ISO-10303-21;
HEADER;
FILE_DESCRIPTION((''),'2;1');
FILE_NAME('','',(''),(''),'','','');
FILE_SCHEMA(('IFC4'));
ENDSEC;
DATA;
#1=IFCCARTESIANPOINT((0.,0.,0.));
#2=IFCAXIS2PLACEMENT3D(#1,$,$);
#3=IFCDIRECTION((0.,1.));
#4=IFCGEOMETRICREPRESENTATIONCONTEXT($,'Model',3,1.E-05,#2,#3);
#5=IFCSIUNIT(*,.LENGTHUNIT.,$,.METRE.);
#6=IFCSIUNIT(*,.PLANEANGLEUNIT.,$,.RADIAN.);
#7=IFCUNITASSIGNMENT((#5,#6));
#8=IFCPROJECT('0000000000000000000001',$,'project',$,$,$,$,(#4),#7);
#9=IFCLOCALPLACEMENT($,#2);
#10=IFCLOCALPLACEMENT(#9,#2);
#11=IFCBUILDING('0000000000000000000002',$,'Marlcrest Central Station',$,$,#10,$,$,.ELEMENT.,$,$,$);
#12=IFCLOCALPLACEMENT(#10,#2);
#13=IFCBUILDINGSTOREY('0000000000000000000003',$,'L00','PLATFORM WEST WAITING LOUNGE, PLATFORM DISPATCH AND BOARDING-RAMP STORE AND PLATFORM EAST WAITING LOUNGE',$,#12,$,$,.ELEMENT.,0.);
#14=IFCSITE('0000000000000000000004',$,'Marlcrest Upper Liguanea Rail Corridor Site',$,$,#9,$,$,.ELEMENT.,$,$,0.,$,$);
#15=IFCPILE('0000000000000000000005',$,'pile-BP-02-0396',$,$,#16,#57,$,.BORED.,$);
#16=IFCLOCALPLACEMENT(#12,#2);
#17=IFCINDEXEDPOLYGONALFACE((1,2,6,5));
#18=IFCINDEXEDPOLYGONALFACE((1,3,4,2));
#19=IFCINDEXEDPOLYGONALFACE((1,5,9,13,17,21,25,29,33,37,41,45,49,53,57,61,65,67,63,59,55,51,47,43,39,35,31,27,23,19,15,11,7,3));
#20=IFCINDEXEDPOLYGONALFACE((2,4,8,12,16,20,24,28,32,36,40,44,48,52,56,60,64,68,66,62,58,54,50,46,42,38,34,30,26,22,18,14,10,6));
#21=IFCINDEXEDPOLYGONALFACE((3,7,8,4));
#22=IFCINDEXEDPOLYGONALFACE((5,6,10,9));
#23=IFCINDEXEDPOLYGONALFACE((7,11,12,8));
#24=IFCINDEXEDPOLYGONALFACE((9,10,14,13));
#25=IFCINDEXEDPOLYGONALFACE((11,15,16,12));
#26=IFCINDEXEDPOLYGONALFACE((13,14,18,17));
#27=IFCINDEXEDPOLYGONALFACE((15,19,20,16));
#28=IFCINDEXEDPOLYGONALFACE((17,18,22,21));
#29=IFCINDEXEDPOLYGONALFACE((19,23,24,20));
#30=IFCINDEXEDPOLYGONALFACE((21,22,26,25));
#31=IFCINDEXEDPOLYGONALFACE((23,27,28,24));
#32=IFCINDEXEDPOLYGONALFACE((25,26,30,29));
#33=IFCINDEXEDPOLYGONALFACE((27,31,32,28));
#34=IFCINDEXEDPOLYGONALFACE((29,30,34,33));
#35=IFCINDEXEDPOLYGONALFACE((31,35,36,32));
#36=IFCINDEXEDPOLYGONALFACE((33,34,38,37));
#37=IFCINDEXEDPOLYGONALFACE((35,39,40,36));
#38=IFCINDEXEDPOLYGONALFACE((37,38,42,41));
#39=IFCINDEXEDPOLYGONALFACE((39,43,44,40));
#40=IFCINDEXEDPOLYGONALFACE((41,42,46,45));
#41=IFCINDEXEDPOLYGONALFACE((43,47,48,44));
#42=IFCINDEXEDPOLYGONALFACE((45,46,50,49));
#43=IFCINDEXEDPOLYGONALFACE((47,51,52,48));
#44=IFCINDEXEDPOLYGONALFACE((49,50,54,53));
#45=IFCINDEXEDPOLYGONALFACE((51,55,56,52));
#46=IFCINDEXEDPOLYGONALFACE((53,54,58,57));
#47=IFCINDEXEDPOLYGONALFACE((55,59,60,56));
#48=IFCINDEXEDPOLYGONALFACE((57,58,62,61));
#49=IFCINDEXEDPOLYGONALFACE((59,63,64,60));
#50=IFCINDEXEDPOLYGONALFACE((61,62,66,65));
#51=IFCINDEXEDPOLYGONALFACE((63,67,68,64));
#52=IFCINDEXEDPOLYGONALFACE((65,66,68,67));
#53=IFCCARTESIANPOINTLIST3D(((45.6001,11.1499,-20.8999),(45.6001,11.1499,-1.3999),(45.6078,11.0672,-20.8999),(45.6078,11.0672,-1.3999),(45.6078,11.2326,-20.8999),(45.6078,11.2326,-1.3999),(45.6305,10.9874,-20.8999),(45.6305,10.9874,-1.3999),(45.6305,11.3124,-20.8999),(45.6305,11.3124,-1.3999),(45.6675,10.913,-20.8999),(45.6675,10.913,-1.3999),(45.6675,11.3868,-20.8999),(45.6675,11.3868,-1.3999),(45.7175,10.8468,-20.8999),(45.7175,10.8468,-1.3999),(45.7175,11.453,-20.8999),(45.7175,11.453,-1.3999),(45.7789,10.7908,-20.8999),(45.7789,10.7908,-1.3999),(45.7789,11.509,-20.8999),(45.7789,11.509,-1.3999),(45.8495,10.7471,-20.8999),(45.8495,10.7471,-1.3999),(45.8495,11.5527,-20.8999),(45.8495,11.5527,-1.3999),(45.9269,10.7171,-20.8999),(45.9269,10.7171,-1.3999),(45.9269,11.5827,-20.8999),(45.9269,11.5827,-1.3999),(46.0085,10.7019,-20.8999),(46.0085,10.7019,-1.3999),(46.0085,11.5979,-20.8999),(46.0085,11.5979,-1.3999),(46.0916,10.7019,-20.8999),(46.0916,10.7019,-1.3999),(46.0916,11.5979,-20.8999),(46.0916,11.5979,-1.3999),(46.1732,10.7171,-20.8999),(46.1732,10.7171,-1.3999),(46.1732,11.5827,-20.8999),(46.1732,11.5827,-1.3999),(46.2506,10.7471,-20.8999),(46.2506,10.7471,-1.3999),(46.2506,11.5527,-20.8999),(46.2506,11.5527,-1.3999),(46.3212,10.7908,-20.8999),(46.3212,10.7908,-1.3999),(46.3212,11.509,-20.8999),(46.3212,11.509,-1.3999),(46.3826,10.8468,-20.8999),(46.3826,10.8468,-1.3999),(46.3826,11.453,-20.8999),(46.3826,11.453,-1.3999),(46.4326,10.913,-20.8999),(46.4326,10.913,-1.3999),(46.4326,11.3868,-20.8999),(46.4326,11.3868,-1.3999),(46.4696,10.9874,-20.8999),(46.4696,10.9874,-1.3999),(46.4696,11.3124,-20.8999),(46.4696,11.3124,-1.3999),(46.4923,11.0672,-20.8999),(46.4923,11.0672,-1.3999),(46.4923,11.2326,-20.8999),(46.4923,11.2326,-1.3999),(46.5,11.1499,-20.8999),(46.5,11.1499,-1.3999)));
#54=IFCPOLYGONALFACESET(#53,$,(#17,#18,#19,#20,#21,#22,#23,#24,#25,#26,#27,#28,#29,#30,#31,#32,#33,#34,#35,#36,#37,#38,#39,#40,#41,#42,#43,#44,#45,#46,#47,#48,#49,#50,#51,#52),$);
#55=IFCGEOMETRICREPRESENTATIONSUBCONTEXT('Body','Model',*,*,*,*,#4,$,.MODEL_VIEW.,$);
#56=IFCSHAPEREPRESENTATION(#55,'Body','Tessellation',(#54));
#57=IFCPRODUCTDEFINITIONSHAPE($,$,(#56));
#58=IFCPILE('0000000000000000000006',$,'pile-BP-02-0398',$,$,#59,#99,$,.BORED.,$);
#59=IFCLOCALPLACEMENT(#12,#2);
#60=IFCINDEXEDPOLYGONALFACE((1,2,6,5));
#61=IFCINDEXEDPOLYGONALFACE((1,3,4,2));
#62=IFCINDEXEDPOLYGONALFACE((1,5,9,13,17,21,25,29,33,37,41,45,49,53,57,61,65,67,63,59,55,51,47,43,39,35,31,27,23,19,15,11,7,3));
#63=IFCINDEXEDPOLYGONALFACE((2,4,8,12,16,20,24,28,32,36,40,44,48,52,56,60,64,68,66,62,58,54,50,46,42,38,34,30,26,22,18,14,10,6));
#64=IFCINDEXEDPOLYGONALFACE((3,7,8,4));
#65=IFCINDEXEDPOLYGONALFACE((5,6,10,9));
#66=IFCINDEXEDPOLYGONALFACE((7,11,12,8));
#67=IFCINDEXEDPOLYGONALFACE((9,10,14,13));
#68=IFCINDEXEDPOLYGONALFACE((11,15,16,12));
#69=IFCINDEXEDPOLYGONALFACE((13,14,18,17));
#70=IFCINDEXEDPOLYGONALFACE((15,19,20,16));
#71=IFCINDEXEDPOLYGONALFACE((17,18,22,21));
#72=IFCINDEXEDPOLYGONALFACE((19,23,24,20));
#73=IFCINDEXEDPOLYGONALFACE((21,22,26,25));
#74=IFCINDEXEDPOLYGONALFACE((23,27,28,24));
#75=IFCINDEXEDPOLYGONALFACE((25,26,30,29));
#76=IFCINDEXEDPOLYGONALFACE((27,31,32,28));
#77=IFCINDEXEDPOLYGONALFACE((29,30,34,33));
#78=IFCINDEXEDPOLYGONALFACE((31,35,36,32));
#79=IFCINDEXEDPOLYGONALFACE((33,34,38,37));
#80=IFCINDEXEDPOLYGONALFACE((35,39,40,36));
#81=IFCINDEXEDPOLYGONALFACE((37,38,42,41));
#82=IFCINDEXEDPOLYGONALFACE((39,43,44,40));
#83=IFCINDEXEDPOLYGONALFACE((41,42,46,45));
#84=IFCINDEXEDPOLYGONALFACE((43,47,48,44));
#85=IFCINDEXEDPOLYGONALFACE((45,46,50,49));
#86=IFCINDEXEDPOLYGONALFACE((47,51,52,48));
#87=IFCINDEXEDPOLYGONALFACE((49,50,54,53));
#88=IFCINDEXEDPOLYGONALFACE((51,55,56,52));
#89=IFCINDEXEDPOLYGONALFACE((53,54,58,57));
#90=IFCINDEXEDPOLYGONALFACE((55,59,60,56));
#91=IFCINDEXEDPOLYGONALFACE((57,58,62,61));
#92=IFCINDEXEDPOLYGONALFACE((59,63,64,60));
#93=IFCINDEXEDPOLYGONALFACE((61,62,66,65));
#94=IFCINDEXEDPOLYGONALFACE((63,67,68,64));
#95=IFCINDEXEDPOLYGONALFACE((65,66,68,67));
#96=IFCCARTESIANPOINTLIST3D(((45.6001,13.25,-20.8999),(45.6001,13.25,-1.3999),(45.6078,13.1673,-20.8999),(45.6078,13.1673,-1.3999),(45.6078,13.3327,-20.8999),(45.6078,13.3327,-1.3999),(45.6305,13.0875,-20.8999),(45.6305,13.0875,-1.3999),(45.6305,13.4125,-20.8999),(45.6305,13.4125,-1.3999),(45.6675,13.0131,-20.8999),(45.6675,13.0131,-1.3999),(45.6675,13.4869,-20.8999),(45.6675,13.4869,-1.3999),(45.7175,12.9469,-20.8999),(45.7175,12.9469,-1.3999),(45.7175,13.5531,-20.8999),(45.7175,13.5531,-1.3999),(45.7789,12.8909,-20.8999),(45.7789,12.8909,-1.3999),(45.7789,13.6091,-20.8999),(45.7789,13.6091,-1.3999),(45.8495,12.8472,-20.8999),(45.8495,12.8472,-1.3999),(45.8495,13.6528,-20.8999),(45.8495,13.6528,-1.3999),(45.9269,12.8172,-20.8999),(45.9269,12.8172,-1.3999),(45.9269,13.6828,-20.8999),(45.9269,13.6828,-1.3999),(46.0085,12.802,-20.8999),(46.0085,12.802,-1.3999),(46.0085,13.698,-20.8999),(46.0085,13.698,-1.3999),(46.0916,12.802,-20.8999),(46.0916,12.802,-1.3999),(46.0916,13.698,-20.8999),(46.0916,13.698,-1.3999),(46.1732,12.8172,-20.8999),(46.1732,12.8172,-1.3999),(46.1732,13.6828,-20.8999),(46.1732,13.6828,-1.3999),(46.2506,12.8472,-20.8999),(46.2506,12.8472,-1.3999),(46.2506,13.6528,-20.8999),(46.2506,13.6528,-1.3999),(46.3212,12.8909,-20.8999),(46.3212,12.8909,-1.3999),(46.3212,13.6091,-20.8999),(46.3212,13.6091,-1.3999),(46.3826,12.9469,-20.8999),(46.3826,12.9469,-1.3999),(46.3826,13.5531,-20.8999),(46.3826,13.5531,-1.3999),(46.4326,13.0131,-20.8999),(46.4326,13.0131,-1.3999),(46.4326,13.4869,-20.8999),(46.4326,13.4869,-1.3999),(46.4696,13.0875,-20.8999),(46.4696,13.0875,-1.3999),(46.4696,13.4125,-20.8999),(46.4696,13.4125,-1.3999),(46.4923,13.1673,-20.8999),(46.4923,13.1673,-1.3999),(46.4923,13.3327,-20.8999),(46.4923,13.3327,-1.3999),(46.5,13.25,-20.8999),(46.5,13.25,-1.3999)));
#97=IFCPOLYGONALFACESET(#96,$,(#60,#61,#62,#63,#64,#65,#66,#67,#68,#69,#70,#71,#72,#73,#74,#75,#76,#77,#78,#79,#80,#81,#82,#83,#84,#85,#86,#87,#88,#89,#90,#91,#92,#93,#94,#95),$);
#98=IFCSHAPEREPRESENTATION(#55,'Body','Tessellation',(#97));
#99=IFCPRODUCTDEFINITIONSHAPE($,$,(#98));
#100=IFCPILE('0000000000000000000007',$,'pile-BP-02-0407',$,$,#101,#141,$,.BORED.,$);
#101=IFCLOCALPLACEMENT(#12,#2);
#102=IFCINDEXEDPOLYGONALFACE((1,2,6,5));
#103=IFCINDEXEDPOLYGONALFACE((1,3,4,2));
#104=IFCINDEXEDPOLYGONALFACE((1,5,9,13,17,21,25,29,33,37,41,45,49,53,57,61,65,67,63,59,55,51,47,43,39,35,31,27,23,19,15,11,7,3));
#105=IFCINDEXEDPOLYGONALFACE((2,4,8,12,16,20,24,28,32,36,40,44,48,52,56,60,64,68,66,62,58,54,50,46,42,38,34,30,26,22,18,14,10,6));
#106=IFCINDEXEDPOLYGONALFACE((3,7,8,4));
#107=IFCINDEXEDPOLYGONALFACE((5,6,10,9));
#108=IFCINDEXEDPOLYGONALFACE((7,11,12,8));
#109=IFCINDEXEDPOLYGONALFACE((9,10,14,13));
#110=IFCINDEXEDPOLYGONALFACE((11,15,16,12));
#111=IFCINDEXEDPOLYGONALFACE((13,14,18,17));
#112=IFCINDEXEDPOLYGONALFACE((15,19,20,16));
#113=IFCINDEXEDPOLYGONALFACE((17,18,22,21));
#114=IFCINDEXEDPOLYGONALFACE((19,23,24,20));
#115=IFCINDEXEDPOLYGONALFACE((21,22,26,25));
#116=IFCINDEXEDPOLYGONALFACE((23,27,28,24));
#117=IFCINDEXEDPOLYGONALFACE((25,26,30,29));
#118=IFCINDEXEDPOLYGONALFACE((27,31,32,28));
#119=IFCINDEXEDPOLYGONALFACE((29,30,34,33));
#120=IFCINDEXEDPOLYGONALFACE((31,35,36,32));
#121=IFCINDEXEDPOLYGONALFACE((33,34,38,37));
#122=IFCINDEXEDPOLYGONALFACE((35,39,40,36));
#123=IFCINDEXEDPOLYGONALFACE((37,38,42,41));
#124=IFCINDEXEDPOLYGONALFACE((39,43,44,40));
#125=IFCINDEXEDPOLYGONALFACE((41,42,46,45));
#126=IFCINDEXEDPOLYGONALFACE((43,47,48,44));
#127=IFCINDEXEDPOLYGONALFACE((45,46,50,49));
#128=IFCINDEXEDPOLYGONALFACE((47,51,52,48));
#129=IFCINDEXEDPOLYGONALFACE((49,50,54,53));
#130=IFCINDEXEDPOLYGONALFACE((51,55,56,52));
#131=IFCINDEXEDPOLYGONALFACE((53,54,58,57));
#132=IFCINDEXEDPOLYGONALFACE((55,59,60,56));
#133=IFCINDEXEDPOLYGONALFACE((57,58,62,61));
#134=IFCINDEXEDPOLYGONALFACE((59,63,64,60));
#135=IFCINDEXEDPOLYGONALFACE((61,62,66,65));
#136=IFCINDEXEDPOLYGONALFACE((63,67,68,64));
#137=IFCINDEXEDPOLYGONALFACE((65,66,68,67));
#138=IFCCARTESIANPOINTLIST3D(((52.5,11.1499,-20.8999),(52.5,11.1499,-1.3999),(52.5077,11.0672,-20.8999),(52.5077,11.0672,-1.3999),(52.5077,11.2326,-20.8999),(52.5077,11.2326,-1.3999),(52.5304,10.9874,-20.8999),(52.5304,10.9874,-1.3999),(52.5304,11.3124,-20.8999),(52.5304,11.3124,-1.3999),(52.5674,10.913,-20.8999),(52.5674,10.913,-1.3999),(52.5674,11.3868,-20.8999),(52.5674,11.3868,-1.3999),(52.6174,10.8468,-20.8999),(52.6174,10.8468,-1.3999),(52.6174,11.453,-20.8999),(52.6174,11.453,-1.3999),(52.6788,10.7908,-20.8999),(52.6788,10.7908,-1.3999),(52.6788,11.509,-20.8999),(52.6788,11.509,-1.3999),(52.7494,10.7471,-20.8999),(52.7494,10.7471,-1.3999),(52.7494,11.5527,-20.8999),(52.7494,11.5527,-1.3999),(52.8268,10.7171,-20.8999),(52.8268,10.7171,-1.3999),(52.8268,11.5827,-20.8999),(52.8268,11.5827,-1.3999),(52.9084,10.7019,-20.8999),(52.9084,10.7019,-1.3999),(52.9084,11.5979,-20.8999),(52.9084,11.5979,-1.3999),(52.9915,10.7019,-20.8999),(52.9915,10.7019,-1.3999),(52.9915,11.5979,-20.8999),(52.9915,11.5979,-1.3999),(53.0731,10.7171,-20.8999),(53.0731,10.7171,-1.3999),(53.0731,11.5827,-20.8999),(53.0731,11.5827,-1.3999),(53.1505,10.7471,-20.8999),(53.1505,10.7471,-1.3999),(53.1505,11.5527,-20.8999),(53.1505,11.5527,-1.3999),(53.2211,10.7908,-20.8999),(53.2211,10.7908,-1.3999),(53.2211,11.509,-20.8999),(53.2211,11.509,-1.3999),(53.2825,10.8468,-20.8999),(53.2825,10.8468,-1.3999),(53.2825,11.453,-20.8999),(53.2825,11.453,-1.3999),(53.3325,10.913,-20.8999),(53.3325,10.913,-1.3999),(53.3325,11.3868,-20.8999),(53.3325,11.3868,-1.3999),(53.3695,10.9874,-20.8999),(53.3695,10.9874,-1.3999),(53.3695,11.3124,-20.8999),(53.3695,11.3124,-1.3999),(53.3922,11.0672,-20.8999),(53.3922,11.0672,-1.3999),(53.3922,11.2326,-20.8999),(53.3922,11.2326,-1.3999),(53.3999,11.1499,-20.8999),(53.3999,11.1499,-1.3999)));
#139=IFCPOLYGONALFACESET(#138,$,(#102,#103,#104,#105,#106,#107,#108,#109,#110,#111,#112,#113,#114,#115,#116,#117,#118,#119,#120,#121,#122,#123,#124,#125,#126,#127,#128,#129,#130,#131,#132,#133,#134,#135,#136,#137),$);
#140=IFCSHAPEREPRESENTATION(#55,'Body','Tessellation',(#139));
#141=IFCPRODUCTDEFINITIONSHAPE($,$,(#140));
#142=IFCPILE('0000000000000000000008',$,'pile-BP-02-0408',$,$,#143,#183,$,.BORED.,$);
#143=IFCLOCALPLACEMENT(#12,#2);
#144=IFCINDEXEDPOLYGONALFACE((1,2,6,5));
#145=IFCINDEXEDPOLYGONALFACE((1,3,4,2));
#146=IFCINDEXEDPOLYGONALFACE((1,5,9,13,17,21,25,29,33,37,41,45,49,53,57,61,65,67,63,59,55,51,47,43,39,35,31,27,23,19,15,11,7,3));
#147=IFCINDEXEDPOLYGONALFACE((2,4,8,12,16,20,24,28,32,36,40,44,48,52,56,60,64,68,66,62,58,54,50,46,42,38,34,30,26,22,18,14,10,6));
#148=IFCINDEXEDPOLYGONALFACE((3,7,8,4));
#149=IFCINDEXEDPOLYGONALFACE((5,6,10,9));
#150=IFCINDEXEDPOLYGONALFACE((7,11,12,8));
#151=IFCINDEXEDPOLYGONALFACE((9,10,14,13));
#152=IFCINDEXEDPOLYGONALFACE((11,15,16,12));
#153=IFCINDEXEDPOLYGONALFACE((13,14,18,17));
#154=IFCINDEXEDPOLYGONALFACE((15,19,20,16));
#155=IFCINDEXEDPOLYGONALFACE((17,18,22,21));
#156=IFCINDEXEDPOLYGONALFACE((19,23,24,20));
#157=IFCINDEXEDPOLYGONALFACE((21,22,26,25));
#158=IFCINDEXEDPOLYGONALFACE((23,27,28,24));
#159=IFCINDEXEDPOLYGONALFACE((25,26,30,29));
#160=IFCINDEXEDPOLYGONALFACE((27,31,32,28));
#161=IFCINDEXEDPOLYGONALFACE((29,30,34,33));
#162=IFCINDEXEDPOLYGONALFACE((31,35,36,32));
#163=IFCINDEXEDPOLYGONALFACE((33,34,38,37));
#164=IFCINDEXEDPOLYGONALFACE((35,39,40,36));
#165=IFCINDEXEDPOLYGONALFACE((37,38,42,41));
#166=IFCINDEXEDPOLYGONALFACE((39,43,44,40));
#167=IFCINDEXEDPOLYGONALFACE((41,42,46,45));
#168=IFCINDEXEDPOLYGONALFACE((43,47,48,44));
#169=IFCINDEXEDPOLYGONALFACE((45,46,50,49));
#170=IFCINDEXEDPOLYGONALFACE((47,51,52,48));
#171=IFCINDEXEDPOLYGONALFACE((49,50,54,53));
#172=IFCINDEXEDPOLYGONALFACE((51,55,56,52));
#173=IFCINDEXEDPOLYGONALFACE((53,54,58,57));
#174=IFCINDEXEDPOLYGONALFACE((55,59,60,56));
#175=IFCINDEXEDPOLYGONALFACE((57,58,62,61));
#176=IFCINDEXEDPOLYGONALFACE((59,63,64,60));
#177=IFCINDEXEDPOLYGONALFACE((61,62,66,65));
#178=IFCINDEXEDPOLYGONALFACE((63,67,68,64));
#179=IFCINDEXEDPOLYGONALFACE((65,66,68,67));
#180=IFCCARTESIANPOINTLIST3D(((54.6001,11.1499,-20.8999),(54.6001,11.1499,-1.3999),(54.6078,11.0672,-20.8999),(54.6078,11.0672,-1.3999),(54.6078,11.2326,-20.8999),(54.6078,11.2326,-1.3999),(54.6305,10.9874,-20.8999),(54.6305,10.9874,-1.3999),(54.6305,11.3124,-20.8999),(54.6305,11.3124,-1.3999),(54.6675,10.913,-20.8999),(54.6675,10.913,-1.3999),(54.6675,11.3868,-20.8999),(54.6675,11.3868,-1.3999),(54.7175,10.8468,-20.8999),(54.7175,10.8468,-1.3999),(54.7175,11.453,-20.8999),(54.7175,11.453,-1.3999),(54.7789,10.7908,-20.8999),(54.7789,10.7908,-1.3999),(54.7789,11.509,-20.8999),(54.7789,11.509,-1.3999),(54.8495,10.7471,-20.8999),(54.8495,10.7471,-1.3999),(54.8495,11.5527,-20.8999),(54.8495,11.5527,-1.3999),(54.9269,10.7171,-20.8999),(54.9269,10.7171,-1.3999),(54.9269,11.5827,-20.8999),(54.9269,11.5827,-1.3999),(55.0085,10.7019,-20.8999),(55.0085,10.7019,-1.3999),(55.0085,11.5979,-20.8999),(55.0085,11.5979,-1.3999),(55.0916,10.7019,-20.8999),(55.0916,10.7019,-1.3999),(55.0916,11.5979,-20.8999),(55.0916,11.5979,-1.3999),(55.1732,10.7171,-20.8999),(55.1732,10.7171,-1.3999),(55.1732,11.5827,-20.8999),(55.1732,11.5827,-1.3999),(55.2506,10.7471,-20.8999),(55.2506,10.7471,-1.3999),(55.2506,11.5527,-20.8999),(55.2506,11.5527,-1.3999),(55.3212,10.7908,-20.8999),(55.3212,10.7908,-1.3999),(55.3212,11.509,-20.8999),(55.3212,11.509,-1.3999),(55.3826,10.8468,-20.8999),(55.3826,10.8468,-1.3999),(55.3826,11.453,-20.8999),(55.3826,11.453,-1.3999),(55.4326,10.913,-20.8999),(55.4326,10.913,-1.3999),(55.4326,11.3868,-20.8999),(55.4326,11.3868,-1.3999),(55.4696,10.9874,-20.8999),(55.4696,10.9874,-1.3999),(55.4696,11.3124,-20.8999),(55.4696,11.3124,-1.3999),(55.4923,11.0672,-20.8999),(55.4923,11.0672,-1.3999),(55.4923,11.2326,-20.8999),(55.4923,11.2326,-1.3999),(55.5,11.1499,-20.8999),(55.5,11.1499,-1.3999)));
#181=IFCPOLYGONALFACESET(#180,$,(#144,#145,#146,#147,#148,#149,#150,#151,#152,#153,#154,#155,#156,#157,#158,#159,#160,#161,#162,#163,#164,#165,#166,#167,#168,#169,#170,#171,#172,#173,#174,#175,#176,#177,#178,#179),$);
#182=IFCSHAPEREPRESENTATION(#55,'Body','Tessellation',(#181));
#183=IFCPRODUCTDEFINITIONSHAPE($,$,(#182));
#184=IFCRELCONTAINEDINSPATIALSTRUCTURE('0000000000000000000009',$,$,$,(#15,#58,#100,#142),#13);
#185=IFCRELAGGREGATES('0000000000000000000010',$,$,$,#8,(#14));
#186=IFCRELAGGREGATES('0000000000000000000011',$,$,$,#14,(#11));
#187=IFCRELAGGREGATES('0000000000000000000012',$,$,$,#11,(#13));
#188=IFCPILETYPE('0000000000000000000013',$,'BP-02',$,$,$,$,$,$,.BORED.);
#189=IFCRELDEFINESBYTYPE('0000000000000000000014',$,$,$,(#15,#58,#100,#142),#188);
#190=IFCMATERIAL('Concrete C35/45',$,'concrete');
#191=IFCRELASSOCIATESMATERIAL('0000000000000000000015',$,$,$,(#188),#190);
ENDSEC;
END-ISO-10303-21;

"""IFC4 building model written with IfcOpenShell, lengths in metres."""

from ifc_helpers import new_model, si_unit, direction, frame, origin, origin_2d, place, context, subcontext, project, spatial, circle, extrude, material, material_profile, profile_set, type_object, element, save


model = new_model("IFC4")

# Units and contexts
model_context = context("Model", 3, precision=1e-05, world=origin(), true_north=direction((0.0, 1.0)))
body_context = subcontext(model_context, "Body", "Model", "MODEL_VIEW")
ifc_project = project(units=[si_unit("LENGTHUNIT", "METRE"), si_unit("PLANEANGLEUNIT", "RADIAN")], contexts=[model_context])

# Site, building, storey
site_placement = place(None, origin())
site = spatial("IfcSite", under=ifc_project, at=site_placement, Name="Marlcrest Upper Liguanea Rail Corridor Site", CompositionType="ELEMENT", RefElevation=0.0)
building_placement = place(site_placement, origin())
building = spatial("IfcBuilding", under=site, at=building_placement, Name="Marlcrest Central Station", CompositionType="ELEMENT")
storey_placement = place(building_placement, origin())
storey = spatial("IfcBuildingStorey", under=building, at=storey_placement, Name="L00", Description="PLATFORM WEST WAITING LOUNGE, PLATFORM DISPATCH AND BOARDING-RAMP STORE AND PLATFORM EAST WAITING LOUNGE", CompositionType="ELEMENT", Elevation=0.0)

# Piles
ifc_material_1 = material(Name="Concrete C35/45", Category="concrete")
ifc_material_profile_1 = material_profile(ifc_material_1, circle(Radius=0.45, at=origin_2d()), Name="PILE D900")
ifc_profile_set_1 = profile_set([ifc_material_profile_1], Name="Concrete C35/45")
pile_type = type_object("IfcPileType", Name="BP-02", PredefinedType="BORED", material=ifc_profile_set_1)
for number, where, z_axis, x_axis, name in (
    (1, (46.05, 11.1499, -1.3999), (0.0, 0.0, -1.0), (1.0, 0.0, 0.0), "pile-BP-02-0396"),
    (2, (46.05, 13.25, -1.3999), (0.0, 0.0, -1.0), (1.0, 0.0, 0.0), "pile-BP-02-0398"),
    (3, (52.95, 11.1499, -1.3999), (0.0, 0.0, -1.0), (1.0, 0.0, 0.0), "pile-BP-02-0407"),
    (4, (55.05, 11.1499, -1.3999), (0.0, 0.0, -1.0), (1.0, 0.0, 0.0), "pile-BP-02-0408"),
):
    element("IfcPile", number, at=place(storey_placement, frame(where, z_axis=z_axis, x_axis=x_axis)), inside=storey, type_object=pile_type, Name=name, PredefinedType="BORED", context=body_context, shape_type="SweptSolid", body=[
        extrude(circle(Radius=0.45, at=origin_2d()), origin(), (0.0, 0.0, 1.0), 19.5),
    ])

save(model, "model.ifc")
